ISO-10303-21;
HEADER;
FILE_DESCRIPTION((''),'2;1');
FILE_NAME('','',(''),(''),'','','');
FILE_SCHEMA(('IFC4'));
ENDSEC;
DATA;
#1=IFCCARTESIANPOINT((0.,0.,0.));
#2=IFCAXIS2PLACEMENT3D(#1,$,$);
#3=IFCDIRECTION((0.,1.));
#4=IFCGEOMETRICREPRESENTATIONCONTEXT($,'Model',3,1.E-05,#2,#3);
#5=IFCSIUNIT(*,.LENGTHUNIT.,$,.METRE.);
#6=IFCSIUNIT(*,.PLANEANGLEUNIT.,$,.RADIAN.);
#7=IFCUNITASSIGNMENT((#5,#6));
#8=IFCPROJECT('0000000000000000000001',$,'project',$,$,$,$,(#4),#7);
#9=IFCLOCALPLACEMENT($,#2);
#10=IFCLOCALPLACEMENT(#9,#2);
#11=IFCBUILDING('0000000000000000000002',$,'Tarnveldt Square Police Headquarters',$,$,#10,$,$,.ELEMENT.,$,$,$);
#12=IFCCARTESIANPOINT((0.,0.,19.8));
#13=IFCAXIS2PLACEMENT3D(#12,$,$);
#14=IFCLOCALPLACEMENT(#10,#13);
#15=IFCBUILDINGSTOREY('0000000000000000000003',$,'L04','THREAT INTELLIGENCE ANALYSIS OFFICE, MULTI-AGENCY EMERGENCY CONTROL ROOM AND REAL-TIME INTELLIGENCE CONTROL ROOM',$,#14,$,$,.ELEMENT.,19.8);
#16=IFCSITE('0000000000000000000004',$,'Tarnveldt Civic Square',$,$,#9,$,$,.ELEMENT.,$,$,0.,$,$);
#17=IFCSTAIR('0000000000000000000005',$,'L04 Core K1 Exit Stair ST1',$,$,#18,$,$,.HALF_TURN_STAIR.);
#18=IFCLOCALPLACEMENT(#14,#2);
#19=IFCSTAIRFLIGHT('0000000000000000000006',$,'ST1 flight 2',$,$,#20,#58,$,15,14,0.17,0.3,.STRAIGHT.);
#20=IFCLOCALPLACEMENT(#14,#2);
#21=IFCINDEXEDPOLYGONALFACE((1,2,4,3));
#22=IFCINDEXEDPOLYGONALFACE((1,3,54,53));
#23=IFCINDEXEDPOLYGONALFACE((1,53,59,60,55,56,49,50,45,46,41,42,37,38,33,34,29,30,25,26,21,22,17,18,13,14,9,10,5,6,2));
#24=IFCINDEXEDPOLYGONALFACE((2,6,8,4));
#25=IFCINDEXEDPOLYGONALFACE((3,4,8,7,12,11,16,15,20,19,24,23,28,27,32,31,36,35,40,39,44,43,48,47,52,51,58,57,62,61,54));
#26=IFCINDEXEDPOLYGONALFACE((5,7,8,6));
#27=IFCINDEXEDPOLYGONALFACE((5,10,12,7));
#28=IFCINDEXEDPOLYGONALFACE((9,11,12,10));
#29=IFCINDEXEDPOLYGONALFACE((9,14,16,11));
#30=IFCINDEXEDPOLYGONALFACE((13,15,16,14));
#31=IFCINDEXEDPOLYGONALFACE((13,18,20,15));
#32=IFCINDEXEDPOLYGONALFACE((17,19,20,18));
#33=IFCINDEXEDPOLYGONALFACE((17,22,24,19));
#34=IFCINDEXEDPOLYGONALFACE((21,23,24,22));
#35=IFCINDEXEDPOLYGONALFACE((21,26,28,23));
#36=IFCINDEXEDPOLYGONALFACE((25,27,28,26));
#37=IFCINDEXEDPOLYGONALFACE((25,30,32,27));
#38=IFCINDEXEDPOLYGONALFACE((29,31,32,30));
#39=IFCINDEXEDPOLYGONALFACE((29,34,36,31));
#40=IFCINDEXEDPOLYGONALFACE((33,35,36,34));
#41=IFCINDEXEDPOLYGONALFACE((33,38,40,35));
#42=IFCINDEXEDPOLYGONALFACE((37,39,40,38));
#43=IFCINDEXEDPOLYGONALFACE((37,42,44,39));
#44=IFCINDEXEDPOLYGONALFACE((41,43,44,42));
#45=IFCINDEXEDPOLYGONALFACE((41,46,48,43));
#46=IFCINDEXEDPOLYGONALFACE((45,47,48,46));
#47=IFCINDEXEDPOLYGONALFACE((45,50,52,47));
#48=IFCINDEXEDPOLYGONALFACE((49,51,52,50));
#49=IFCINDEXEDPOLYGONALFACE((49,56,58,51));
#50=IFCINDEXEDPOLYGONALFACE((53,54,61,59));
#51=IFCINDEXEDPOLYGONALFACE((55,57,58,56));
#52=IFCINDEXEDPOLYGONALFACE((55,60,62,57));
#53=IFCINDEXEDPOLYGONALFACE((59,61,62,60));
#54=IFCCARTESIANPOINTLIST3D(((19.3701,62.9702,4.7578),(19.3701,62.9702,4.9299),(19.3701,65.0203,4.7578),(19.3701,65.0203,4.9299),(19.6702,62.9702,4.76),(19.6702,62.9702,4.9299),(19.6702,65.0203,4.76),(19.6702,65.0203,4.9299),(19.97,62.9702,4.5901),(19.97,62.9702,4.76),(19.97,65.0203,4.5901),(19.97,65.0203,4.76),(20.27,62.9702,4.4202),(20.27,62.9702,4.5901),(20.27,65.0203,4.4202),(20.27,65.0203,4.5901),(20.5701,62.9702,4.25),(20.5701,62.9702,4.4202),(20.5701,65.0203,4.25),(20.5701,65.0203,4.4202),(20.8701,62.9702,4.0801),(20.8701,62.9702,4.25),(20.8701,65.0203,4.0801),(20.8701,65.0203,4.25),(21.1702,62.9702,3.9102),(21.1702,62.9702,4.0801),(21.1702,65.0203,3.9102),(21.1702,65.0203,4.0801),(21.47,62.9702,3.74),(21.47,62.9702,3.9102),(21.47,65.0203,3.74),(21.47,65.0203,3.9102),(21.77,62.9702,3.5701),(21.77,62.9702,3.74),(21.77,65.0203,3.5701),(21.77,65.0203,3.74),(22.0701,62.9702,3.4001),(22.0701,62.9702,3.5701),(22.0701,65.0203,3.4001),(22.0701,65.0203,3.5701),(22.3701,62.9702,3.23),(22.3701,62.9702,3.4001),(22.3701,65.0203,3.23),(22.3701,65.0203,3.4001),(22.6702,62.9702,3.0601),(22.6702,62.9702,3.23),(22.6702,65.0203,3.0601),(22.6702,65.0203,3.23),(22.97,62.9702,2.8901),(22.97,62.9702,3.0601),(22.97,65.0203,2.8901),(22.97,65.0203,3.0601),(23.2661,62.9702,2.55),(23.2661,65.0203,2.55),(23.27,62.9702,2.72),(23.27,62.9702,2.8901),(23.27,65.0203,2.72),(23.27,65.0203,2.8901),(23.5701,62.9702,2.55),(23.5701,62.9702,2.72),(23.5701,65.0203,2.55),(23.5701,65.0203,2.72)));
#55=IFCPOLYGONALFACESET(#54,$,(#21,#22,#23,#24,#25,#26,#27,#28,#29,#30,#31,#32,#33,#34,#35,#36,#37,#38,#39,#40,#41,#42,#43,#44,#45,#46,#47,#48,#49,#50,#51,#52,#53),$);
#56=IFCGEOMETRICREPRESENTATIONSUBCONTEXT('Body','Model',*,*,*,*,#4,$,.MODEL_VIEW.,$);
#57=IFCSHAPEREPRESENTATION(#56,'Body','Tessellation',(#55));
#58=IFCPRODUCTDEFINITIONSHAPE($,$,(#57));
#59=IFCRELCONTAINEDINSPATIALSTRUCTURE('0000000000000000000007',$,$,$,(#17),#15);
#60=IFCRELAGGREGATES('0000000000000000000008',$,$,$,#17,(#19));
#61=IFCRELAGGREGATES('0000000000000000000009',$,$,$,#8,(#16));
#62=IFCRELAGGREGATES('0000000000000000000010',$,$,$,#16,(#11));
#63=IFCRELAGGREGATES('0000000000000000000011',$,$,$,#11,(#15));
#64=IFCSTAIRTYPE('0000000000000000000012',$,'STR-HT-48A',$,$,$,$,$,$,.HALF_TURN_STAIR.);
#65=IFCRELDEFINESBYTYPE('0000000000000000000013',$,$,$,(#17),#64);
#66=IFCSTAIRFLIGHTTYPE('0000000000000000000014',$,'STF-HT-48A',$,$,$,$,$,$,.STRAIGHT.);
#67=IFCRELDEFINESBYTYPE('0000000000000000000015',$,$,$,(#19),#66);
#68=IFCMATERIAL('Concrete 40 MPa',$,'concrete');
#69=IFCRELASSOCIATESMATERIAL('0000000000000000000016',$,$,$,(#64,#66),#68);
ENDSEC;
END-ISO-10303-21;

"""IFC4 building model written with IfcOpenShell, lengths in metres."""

from ifc_helpers import new_model, si_unit, direction, frame, origin, place, context, subcontext, project, spatial, polyline, outline, extrude, material, type_object, element, aggregate, save


model = new_model("IFC4")

# Units and contexts
model_context = context("Model", 3, precision=1e-05, world=origin(), true_north=direction((0.0, 1.0)))
body_context = subcontext(model_context, "Body", "Model", "MODEL_VIEW")
ifc_project = project(units=[si_unit("LENGTHUNIT", "METRE"), si_unit("PLANEANGLEUNIT", "RADIAN")], contexts=[model_context])

# Site, building, storey
site_placement = place(None, origin())
site = spatial("IfcSite", under=ifc_project, at=site_placement, Name="Tarnveldt Civic Square", CompositionType="ELEMENT", RefElevation=0.0)
building_placement = place(site_placement, origin())
building = spatial("IfcBuilding", under=site, at=building_placement, Name="Tarnveldt Square Police Headquarters", CompositionType="ELEMENT")
storey_placement = place(building_placement, frame((0.0, 0.0, 19.8)))
storey = spatial("IfcBuildingStorey", under=building, at=storey_placement, Name="L04", Description="THREAT INTELLIGENCE ANALYSIS OFFICE, MULTI-AGENCY EMERGENCY CONTROL ROOM AND REAL-TIME INTELLIGENCE CONTROL ROOM", CompositionType="ELEMENT", Elevation=19.8)

# Shared definitions
ifc_material_1 = material(Name="Concrete 40 MPa", Category="concrete")

# Stair, stair flight
stair_type = type_object("IfcStairType", Name="STR-HT-48A", PredefinedType="HALF_TURN_STAIR", material=ifc_material_1)
stair_placement = place(storey_placement, origin())
stair = element("IfcStair", 1, at=stair_placement, inside=storey, type_object=stair_type, Name="L04 Core K1 Exit Stair ST1", PredefinedType="HALF_TURN_STAIR")
stair_flight_type = type_object("IfcStairFlightType", Name="STF-HT-48A", PredefinedType="STRAIGHT", material=ifc_material_1)
stair_flight_1_placement = place(storey_placement, frame((23.5701, 63.9951, 2.55), z_axis=(0.0, 0.0, 1.0), x_axis=(-1.0, 0.0, 0.0)))
stair_flight_1 = element("IfcStairFlight", 2, at=stair_flight_1_placement, type_object=stair_flight_type, Name="ST1 flight 2", NumberOfRisers=15, NumberOfTreads=14, PredefinedType="STRAIGHT", RiserHeight=0.17, TreadLength=0.3, context=body_context, shape_type="SweptSolid", body=[
    extrude(outline(polyline([(0.0, 0.0), (0.0, 0.1699), (0.3, 0.1699), (0.3, 0.3401), (0.6001, 0.3401), (0.6001, 0.51), (0.8999, 0.51), (0.8999, 0.6799), (1.2, 0.6799), (1.2, 0.8501), (1.5, 0.8501), (1.5, 1.02), (1.8, 1.02), (1.8, 1.1899), (2.1001, 1.1899), (2.1001, 1.3601), (2.3999, 1.3601), (2.3999, 1.53), (2.7, 1.53), (2.7, 1.7), (3.0, 1.7), (3.0, 1.8701), (3.3, 1.8701), (3.3, 2.04), (3.6001, 2.04), (3.6001, 2.21), (3.8999, 2.21), (3.8999, 2.3799), (4.2, 2.3799), (4.2, 2.55), (4.2, 2.2078), (0.304, 0.0), (0.0, 0.0)])), frame((0.0, 1.0249, 0.0), z_axis=(0.0, -1.0, 0.0), x_axis=(1.0, 0.0, 0.0)), (0.0, 0.0, 1.0), 2.05),
])
aggregate(stair, [stair_flight_1])

save(model, "model.ifc")
